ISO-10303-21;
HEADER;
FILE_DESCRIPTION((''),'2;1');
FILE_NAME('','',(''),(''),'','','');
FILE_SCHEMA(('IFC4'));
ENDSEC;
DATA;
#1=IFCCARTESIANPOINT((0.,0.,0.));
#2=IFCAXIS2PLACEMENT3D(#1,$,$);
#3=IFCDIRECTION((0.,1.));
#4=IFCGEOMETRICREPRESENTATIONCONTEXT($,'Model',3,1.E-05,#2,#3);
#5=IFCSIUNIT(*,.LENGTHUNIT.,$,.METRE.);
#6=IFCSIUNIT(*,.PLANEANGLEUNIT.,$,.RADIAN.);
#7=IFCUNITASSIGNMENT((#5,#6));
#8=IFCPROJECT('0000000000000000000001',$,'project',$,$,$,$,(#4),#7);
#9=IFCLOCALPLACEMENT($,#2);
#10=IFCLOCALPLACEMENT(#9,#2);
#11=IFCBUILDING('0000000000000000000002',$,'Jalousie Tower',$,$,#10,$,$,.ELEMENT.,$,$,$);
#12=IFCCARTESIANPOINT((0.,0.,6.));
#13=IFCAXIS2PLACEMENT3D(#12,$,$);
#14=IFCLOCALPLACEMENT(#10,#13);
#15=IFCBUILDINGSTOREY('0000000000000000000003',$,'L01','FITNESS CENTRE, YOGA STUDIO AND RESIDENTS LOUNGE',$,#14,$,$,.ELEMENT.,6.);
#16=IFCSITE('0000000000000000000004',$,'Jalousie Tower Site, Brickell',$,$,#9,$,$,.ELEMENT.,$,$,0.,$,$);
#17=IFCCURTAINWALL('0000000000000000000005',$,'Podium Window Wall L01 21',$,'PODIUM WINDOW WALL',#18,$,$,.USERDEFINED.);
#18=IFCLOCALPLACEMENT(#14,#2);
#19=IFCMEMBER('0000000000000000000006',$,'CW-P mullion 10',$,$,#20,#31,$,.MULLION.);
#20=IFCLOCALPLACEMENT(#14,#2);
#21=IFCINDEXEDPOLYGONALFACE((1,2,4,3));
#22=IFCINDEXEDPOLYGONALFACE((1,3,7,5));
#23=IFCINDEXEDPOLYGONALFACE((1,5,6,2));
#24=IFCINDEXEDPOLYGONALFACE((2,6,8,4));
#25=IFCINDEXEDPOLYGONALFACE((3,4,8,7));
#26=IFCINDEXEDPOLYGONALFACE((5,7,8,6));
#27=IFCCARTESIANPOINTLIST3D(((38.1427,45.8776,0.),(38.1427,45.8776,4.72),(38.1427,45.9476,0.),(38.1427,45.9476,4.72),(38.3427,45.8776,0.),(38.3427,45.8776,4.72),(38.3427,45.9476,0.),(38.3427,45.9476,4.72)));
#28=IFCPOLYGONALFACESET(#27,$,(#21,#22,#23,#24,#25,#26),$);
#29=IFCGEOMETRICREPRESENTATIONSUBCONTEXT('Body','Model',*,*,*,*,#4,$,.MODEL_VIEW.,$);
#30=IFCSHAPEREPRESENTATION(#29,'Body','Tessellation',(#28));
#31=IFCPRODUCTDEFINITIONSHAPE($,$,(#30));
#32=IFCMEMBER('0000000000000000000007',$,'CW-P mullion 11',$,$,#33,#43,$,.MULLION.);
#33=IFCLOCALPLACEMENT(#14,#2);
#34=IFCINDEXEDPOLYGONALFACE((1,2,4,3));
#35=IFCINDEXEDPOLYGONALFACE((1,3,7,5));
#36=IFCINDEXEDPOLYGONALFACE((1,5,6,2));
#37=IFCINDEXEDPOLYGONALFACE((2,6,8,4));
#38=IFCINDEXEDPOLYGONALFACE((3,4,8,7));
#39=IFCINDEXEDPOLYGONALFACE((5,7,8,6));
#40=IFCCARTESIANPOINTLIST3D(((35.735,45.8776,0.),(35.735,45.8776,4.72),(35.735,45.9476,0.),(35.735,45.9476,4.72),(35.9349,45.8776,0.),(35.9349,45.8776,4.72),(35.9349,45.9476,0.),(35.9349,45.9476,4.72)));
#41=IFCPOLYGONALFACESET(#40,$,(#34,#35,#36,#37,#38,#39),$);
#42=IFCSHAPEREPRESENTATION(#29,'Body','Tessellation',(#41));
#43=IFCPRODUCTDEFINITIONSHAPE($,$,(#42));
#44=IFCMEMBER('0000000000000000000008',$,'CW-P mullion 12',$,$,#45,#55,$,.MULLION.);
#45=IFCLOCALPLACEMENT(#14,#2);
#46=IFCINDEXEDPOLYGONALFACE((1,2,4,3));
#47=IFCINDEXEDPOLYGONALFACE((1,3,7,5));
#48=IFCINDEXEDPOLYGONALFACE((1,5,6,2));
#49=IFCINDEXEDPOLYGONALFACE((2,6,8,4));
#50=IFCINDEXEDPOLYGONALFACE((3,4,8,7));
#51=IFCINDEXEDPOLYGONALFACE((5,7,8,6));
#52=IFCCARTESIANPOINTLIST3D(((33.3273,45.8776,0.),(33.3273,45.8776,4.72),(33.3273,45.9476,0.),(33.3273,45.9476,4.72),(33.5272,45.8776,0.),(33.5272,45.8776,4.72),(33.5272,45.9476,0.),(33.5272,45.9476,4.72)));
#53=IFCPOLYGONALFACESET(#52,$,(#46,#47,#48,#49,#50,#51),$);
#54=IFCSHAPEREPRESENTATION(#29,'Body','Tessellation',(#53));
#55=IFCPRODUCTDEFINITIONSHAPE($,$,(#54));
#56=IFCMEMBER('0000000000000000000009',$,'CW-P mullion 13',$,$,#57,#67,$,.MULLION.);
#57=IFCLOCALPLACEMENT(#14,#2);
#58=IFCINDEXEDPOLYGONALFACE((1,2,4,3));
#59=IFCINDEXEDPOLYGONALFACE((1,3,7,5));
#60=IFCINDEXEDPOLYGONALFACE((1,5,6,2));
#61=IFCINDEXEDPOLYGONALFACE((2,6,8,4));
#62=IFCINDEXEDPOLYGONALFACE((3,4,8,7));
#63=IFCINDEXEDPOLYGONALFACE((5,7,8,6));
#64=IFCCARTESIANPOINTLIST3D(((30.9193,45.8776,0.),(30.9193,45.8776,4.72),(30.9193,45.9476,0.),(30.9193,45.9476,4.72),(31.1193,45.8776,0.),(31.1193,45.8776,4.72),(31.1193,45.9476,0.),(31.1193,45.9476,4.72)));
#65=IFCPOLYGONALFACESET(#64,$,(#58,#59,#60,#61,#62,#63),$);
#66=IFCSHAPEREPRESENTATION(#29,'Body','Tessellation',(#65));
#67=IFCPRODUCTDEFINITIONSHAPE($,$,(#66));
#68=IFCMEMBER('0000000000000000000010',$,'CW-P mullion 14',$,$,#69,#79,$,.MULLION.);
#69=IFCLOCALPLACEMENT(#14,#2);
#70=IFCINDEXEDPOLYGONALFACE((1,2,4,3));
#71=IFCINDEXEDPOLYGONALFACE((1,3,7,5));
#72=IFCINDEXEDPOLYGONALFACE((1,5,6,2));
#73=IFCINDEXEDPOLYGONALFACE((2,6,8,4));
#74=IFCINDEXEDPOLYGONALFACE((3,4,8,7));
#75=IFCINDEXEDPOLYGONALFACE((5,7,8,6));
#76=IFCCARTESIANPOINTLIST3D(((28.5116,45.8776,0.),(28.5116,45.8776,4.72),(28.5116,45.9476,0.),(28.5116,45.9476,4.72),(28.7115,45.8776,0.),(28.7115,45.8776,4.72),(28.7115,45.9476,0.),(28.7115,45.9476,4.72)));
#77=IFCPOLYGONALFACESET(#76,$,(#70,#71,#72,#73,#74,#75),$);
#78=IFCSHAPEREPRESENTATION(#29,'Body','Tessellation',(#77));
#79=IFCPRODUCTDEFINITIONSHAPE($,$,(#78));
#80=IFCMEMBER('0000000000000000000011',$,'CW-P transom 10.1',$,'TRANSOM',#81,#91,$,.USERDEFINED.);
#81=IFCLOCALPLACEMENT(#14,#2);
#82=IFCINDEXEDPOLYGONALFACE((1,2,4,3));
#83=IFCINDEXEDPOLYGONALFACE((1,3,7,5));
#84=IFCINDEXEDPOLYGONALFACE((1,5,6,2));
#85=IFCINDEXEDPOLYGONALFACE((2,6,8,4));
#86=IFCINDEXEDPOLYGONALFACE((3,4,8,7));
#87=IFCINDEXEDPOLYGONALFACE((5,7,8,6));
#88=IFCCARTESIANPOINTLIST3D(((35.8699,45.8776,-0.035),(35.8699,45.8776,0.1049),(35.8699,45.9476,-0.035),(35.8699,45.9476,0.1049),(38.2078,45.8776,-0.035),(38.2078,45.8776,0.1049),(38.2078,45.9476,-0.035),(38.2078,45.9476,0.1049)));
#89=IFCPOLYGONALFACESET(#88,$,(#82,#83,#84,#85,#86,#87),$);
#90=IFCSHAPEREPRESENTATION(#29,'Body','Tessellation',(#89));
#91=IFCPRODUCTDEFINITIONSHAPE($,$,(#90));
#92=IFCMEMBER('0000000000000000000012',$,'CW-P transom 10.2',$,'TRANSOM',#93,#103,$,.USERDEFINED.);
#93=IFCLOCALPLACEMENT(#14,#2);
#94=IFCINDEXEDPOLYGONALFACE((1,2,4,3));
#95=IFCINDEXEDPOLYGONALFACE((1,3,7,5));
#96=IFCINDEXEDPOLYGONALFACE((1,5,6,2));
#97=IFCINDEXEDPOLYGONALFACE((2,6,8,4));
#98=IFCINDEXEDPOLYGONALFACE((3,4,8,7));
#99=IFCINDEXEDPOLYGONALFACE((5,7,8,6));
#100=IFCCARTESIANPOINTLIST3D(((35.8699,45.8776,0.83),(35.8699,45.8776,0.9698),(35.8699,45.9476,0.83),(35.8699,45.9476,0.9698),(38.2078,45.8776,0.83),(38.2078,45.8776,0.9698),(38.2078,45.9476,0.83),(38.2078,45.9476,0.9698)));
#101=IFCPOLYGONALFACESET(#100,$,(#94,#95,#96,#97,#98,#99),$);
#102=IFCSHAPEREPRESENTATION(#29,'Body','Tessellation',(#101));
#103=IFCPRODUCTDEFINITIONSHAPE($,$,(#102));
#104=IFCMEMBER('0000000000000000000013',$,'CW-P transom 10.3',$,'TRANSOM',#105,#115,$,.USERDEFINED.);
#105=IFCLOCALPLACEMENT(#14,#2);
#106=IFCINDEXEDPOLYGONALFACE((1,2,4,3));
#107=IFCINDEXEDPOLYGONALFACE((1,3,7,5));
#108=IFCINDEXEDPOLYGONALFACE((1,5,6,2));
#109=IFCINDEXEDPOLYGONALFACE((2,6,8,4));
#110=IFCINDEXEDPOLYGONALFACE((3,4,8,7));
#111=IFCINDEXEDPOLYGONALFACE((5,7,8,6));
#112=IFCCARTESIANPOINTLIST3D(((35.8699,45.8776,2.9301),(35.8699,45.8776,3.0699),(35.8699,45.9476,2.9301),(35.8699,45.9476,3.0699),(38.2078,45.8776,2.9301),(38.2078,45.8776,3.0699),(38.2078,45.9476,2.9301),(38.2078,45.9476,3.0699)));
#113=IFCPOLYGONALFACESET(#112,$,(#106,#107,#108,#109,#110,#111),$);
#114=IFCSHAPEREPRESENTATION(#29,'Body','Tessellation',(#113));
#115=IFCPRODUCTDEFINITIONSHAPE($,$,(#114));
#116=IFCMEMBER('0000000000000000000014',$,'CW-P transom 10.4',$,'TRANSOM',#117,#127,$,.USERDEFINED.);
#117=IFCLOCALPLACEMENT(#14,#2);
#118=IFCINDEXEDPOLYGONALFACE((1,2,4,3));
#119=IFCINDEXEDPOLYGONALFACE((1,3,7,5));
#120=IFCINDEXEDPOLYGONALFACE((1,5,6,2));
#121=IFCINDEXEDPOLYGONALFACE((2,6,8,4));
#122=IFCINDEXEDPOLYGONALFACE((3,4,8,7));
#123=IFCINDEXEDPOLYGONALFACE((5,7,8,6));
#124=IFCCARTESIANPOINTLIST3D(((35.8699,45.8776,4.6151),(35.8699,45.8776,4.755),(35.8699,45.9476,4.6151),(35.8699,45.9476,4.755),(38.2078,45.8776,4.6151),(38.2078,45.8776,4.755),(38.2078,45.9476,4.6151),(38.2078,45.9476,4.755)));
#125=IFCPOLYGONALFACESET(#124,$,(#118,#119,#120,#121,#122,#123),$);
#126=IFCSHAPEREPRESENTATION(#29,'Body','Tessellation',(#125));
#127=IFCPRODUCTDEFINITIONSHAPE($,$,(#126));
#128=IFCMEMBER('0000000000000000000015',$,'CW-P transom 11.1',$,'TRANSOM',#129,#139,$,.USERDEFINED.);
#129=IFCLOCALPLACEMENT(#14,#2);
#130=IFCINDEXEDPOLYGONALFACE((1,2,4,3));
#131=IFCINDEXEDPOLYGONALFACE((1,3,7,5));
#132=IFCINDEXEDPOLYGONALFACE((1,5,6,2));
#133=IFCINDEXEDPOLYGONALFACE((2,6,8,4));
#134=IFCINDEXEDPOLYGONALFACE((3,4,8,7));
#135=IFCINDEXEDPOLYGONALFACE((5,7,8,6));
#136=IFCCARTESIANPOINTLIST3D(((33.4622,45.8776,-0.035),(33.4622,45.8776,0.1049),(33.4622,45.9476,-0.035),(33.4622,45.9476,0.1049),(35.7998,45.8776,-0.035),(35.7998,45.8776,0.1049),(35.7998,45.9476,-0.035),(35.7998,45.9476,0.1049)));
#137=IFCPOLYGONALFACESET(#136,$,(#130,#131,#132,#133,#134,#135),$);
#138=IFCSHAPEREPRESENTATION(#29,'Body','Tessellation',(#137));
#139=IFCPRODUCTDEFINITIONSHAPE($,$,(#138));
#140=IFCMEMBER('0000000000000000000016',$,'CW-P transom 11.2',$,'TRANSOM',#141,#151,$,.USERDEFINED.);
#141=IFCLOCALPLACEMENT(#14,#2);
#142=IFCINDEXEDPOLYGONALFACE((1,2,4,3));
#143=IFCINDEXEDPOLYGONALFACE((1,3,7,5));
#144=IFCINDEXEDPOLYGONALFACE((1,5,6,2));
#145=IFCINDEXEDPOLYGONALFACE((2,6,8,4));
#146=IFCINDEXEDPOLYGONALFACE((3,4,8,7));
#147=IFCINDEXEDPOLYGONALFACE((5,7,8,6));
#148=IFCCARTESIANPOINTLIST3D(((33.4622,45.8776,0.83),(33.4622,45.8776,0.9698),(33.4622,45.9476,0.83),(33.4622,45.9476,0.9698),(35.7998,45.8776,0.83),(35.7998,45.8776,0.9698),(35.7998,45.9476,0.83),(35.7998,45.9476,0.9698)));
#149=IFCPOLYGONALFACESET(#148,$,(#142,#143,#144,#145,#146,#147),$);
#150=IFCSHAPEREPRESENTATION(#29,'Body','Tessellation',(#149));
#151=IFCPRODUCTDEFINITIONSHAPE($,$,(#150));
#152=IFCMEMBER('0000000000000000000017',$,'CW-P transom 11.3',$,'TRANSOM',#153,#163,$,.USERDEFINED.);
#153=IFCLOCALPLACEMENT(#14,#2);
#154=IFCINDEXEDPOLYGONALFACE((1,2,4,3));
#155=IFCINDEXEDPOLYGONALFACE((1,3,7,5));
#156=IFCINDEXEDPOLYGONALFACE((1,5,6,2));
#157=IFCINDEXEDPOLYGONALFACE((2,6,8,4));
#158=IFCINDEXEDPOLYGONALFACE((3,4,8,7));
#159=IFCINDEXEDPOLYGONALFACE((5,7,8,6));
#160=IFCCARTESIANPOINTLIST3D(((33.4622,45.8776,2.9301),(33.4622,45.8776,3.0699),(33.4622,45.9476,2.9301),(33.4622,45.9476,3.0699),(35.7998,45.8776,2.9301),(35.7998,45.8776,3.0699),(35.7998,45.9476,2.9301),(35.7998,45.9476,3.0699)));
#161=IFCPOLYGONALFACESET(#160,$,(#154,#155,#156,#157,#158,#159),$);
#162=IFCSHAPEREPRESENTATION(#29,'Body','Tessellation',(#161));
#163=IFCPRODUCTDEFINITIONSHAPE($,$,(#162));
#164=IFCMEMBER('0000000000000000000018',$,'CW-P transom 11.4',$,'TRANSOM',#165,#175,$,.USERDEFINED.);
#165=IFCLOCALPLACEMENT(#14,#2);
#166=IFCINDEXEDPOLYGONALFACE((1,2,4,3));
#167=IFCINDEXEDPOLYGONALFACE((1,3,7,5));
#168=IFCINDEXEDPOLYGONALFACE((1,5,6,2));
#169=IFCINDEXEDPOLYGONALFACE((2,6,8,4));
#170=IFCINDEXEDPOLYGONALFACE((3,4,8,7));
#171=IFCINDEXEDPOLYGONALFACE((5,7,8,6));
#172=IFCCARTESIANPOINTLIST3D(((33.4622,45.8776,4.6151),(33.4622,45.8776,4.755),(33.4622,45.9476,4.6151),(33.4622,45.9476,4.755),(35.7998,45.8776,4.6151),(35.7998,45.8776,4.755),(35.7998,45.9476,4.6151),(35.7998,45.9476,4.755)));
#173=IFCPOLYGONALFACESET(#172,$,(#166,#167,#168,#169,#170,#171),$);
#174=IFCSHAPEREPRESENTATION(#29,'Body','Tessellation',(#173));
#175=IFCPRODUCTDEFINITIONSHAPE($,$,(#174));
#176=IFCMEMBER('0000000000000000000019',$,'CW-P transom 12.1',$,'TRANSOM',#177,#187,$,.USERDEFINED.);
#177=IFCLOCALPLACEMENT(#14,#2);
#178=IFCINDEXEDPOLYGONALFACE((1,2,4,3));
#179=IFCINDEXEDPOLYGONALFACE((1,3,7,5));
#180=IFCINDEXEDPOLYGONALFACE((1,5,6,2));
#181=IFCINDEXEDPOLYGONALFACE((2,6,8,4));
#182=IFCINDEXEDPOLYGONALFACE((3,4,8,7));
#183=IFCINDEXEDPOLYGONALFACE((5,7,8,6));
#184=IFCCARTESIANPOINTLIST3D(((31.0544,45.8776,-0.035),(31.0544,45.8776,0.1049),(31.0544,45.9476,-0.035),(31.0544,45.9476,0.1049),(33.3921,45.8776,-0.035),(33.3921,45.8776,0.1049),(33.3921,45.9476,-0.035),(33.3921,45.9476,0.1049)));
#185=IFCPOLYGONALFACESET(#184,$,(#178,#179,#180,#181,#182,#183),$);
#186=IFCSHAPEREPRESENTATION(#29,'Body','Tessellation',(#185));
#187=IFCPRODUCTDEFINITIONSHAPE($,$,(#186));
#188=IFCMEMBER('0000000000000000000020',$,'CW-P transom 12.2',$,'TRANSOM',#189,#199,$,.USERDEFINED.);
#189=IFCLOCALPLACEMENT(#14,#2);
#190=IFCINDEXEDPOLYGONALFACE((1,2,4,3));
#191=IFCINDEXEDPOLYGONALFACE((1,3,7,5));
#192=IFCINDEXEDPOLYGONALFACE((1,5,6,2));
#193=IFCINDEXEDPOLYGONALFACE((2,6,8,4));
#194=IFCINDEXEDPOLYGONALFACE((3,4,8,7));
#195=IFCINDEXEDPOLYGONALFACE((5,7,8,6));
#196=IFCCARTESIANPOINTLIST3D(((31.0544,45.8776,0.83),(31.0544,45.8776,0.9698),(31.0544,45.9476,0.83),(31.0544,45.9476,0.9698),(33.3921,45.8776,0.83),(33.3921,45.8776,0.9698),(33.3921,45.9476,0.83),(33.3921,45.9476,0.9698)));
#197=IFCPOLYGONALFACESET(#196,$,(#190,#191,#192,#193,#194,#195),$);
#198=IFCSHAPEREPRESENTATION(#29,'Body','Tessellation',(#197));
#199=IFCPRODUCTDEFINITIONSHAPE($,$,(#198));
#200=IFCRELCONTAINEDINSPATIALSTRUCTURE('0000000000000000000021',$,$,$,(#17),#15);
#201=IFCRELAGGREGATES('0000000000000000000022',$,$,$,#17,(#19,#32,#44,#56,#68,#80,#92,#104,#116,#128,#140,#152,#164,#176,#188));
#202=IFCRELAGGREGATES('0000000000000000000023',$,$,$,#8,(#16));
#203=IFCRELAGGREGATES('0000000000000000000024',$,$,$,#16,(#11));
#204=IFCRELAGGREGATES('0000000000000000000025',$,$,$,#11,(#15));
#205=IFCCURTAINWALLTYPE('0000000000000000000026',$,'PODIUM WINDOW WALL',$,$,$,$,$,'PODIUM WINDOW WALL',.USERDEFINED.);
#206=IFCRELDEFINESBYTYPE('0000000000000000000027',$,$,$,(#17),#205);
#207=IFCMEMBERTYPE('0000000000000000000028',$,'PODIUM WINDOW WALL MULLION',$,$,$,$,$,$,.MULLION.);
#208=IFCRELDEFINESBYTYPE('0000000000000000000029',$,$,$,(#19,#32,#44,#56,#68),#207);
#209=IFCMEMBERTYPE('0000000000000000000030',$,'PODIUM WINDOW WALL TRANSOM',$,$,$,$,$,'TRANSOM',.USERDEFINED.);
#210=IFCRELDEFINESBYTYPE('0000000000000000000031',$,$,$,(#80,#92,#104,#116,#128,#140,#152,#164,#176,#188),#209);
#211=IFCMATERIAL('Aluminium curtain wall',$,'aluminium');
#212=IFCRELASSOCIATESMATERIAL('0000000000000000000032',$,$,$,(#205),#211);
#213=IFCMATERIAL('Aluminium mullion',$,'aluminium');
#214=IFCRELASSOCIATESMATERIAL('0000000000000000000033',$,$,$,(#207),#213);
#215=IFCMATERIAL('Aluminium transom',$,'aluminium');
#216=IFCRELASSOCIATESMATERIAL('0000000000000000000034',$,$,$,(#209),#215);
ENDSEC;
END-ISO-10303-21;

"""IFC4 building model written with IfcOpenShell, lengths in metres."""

from ifc_helpers import new_model, si_unit, direction, frame, origin, origin_2d, place, context, subcontext, project, spatial, rectangle, extrude, material, material_profile, profile_set, type_object, element, aggregate, save


model = new_model("IFC4")

# Units and contexts
model_context = context("Model", 3, precision=1e-05, world=origin(), true_north=direction((0.0, 1.0)))
body_context = subcontext(model_context, "Body", "Model", "MODEL_VIEW")
ifc_project = project(units=[si_unit("LENGTHUNIT", "METRE"), si_unit("PLANEANGLEUNIT", "RADIAN")], contexts=[model_context])

# Site, building, storey
site_placement = place(None, origin())
site = spatial("IfcSite", under=ifc_project, at=site_placement, Name="Jalousie Tower Site, Brickell", CompositionType="ELEMENT", RefElevation=0.0)
building_placement = place(site_placement, origin())
building = spatial("IfcBuilding", under=site, at=building_placement, Name="Jalousie Tower", CompositionType="ELEMENT")
storey_placement = place(building_placement, frame((0.0, 0.0, 6.0)))
storey = spatial("IfcBuildingStorey", under=building, at=storey_placement, Name="L01", Description="FITNESS CENTRE, YOGA STUDIO AND RESIDENTS LOUNGE", CompositionType="ELEMENT", Elevation=6.0)

# Curtain wall, members
ifc_material_1 = material(Name="Aluminium curtain wall", Category="aluminium")
curtain_wall_type = type_object("IfcCurtainWallType", Name="PODIUM WINDOW WALL", ElementType="PODIUM WINDOW WALL", PredefinedType="USERDEFINED", material=ifc_material_1)
curtain_wall_placement = place(storey_placement, origin())
curtain_wall = element("IfcCurtainWall", 1, at=curtain_wall_placement, inside=storey, type_object=curtain_wall_type, Name="Podium Window Wall L01 21", ObjectType="PODIUM WINDOW WALL", PredefinedType="USERDEFINED")
ifc_material_2 = material(Name="Aluminium mullion", Category="aluminium")
ifc_material_profile_1 = material_profile(ifc_material_2, rectangle(XDim=0.0701, YDim=0.2, at=origin_2d()), Name="MULLION 70x200")
ifc_profile_set_1 = profile_set([ifc_material_profile_1], Name="Aluminium mullion")
member_type_1 = type_object("IfcMemberType", Name="PODIUM WINDOW WALL MULLION", PredefinedType="MULLION", material=ifc_profile_set_1)
member_1_placement = place(storey_placement, frame((38.2427, 45.9126, 0.0), z_axis=(0.0, 0.0, 1.0), x_axis=(0.0, -1.0, 0.0)))
member_1 = element("IfcMember", 2, at=member_1_placement, type_object=member_type_1, Name="CW-P mullion 10", PredefinedType="MULLION", context=body_context, shape_type="SweptSolid", body=[
    extrude(rectangle(XDim=0.0701, YDim=0.2, at=origin_2d()), origin(), (0.0, 0.0, 1.0), 4.72),
])
member_2_placement = place(storey_placement, frame((35.835, 45.9126, 0.0), z_axis=(0.0, 0.0, 1.0), x_axis=(0.0, -1.0, 0.0)))
member_2 = element("IfcMember", 3, at=member_2_placement, type_object=member_type_1, Name="CW-P mullion 11", PredefinedType="MULLION", context=body_context, shape_type="SweptSolid", body=[
    extrude(rectangle(XDim=0.0701, YDim=0.2, at=origin_2d()), origin(), (0.0, 0.0, 1.0), 4.72),
])
member_3_placement = place(storey_placement, frame((33.4272, 45.9126, 0.0), z_axis=(0.0, 0.0, 1.0), x_axis=(0.0, -1.0, 0.0)))
member_3 = element("IfcMember", 4, at=member_3_placement, type_object=member_type_1, Name="CW-P mullion 12", PredefinedType="MULLION", context=body_context, shape_type="SweptSolid", body=[
    extrude(rectangle(XDim=0.0701, YDim=0.2, at=origin_2d()), origin(), (0.0, 0.0, 1.0), 4.72),
])
member_4_placement = place(storey_placement, frame((31.0193, 45.9126, 0.0), z_axis=(0.0, 0.0, 1.0), x_axis=(0.0, -1.0, 0.0)))
member_4 = element("IfcMember", 5, at=member_4_placement, type_object=member_type_1, Name="CW-P mullion 13", PredefinedType="MULLION", context=body_context, shape_type="SweptSolid", body=[
    extrude(rectangle(XDim=0.0701, YDim=0.2, at=origin_2d()), origin(), (0.0, 0.0, 1.0), 4.72),
])
member_5_placement = place(storey_placement, frame((28.6116, 45.9126, 0.0), z_axis=(0.0, 0.0, 1.0), x_axis=(0.0, -1.0, 0.0)))
member_5 = element("IfcMember", 6, at=member_5_placement, type_object=member_type_1, Name="CW-P mullion 14", PredefinedType="MULLION", context=body_context, shape_type="SweptSolid", body=[
    extrude(rectangle(XDim=0.0701, YDim=0.2, at=origin_2d()), origin(), (0.0, 0.0, 1.0), 4.72),
])
ifc_material_3 = material(Name="Aluminium transom", Category="aluminium")
ifc_material_profile_2 = material_profile(ifc_material_3, rectangle(XDim=0.0701, YDim=0.1399, at=origin_2d()), Name="TRANSOM 70x140")
ifc_profile_set_2 = profile_set([ifc_material_profile_2], Name="Aluminium transom")
member_type_2 = type_object("IfcMemberType", Name="PODIUM WINDOW WALL TRANSOM", ElementType="TRANSOM", PredefinedType="USERDEFINED", material=ifc_profile_set_2)
member_6_placement = place(storey_placement, frame((38.2078, 45.9126, 0.0349), z_axis=(-1.0, 0.0, 0.0), x_axis=(0.0, -1.0, 0.0)))
member_6 = element("IfcMember", 7, at=member_6_placement, type_object=member_type_2, Name="CW-P transom 10.1", ObjectType="TRANSOM", PredefinedType="USERDEFINED", context=body_context, shape_type="SweptSolid", body=[
    extrude(rectangle(XDim=0.0701, YDim=0.1399, at=origin_2d()), origin(), (0.0, 0.0, 1.0), 2.3379),
])
member_7_placement = place(storey_placement, frame((38.2078, 45.9126, 0.8999), z_axis=(-1.0, 0.0, 0.0), x_axis=(0.0, -1.0, 0.0)))
member_7 = element("IfcMember", 8, at=member_7_placement, type_object=member_type_2, Name="CW-P transom 10.2", ObjectType="TRANSOM", PredefinedType="USERDEFINED", context=body_context, shape_type="SweptSolid", body=[
    extrude(rectangle(XDim=0.0701, YDim=0.1399, at=origin_2d()), origin(), (0.0, 0.0, 1.0), 2.3379),
])
member_8_placement = place(storey_placement, frame((38.2078, 45.9126, 3.0), z_axis=(-1.0, 0.0, 0.0), x_axis=(0.0, -1.0, 0.0)))
member_8 = element("IfcMember", 9, at=member_8_placement, type_object=member_type_2, Name="CW-P transom 10.3", ObjectType="TRANSOM", PredefinedType="USERDEFINED", context=body_context, shape_type="SweptSolid", body=[
    extrude(rectangle(XDim=0.0701, YDim=0.1399, at=origin_2d()), origin(), (0.0, 0.0, 1.0), 2.3379),
])
member_9_placement = place(storey_placement, frame((38.2078, 45.9126, 4.6851), z_axis=(-1.0, 0.0, 0.0), x_axis=(0.0, -1.0, 0.0)))
member_9 = element("IfcMember", 10, at=member_9_placement, type_object=member_type_2, Name="CW-P transom 10.4", ObjectType="TRANSOM", PredefinedType="USERDEFINED", context=body_context, shape_type="SweptSolid", body=[
    extrude(rectangle(XDim=0.0701, YDim=0.1399, at=origin_2d()), origin(), (0.0, 0.0, 1.0), 2.3379),
])
member_10_placement = place(storey_placement, frame((35.7998, 45.9126, 0.0349), z_axis=(-1.0, 0.0, 0.0), x_axis=(0.0, -1.0, 0.0)))
member_10 = element("IfcMember", 11, at=member_10_placement, type_object=member_type_2, Name="CW-P transom 11.1", ObjectType="TRANSOM", PredefinedType="USERDEFINED", context=body_context, shape_type="SweptSolid", body=[
    extrude(rectangle(XDim=0.0701, YDim=0.1399, at=origin_2d()), origin(), (0.0, 0.0, 1.0), 2.3376),
])
member_11_placement = place(storey_placement, frame((35.7998, 45.9126, 0.8999), z_axis=(-1.0, 0.0, 0.0), x_axis=(0.0, -1.0, 0.0)))
member_11 = element("IfcMember", 12, at=member_11_placement, type_object=member_type_2, Name="CW-P transom 11.2", ObjectType="TRANSOM", PredefinedType="USERDEFINED", context=body_context, shape_type="SweptSolid", body=[
    extrude(rectangle(XDim=0.0701, YDim=0.1399, at=origin_2d()), origin(), (0.0, 0.0, 1.0), 2.3376),
])
member_12_placement = place(storey_placement, frame((35.7998, 45.9126, 3.0), z_axis=(-1.0, 0.0, 0.0), x_axis=(0.0, -1.0, 0.0)))
member_12 = element("IfcMember", 13, at=member_12_placement, type_object=member_type_2, Name="CW-P transom 11.3", ObjectType="TRANSOM", PredefinedType="USERDEFINED", context=body_context, shape_type="SweptSolid", body=[
    extrude(rectangle(XDim=0.0701, YDim=0.1399, at=origin_2d()), origin(), (0.0, 0.0, 1.0), 2.3376),
])
member_13_placement = place(storey_placement, frame((35.7998, 45.9126, 4.6851), z_axis=(-1.0, 0.0, 0.0), x_axis=(0.0, -1.0, 0.0)))
member_13 = element("IfcMember", 14, at=member_13_placement, type_object=member_type_2, Name="CW-P transom 11.4", ObjectType="TRANSOM", PredefinedType="USERDEFINED", context=body_context, shape_type="SweptSolid", body=[
    extrude(rectangle(XDim=0.0701, YDim=0.1399, at=origin_2d()), origin(), (0.0, 0.0, 1.0), 2.3376),
])
member_14_placement = place(storey_placement, frame((33.3921, 45.9126, 0.0349), z_axis=(-1.0, 0.0, 0.0), x_axis=(0.0, -1.0, 0.0)))
member_14 = element("IfcMember", 15, at=member_14_placement, type_object=member_type_2, Name="CW-P transom 12.1", ObjectType="TRANSOM", PredefinedType="USERDEFINED", context=body_context, shape_type="SweptSolid", body=[
    extrude(rectangle(XDim=0.0701, YDim=0.1399, at=origin_2d()), origin(), (0.0, 0.0, 1.0), 2.3376),
])
member_15_placement = place(storey_placement, frame((33.3921, 45.9126, 0.8999), z_axis=(-1.0, 0.0, 0.0), x_axis=(0.0, -1.0, 0.0)))
member_15 = element("IfcMember", 16, at=member_15_placement, type_object=member_type_2, Name="CW-P transom 12.2", ObjectType="TRANSOM", PredefinedType="USERDEFINED", context=body_context, shape_type="SweptSolid", body=[
    extrude(rectangle(XDim=0.0701, YDim=0.1399, at=origin_2d()), origin(), (0.0, 0.0, 1.0), 2.3376),
])
aggregate(curtain_wall, [member_1, member_2, member_3, member_4, member_5, member_6, member_7, member_8, member_9, member_10, member_11, member_12, member_13, member_14, member_15])

save(model, "model.ifc")
